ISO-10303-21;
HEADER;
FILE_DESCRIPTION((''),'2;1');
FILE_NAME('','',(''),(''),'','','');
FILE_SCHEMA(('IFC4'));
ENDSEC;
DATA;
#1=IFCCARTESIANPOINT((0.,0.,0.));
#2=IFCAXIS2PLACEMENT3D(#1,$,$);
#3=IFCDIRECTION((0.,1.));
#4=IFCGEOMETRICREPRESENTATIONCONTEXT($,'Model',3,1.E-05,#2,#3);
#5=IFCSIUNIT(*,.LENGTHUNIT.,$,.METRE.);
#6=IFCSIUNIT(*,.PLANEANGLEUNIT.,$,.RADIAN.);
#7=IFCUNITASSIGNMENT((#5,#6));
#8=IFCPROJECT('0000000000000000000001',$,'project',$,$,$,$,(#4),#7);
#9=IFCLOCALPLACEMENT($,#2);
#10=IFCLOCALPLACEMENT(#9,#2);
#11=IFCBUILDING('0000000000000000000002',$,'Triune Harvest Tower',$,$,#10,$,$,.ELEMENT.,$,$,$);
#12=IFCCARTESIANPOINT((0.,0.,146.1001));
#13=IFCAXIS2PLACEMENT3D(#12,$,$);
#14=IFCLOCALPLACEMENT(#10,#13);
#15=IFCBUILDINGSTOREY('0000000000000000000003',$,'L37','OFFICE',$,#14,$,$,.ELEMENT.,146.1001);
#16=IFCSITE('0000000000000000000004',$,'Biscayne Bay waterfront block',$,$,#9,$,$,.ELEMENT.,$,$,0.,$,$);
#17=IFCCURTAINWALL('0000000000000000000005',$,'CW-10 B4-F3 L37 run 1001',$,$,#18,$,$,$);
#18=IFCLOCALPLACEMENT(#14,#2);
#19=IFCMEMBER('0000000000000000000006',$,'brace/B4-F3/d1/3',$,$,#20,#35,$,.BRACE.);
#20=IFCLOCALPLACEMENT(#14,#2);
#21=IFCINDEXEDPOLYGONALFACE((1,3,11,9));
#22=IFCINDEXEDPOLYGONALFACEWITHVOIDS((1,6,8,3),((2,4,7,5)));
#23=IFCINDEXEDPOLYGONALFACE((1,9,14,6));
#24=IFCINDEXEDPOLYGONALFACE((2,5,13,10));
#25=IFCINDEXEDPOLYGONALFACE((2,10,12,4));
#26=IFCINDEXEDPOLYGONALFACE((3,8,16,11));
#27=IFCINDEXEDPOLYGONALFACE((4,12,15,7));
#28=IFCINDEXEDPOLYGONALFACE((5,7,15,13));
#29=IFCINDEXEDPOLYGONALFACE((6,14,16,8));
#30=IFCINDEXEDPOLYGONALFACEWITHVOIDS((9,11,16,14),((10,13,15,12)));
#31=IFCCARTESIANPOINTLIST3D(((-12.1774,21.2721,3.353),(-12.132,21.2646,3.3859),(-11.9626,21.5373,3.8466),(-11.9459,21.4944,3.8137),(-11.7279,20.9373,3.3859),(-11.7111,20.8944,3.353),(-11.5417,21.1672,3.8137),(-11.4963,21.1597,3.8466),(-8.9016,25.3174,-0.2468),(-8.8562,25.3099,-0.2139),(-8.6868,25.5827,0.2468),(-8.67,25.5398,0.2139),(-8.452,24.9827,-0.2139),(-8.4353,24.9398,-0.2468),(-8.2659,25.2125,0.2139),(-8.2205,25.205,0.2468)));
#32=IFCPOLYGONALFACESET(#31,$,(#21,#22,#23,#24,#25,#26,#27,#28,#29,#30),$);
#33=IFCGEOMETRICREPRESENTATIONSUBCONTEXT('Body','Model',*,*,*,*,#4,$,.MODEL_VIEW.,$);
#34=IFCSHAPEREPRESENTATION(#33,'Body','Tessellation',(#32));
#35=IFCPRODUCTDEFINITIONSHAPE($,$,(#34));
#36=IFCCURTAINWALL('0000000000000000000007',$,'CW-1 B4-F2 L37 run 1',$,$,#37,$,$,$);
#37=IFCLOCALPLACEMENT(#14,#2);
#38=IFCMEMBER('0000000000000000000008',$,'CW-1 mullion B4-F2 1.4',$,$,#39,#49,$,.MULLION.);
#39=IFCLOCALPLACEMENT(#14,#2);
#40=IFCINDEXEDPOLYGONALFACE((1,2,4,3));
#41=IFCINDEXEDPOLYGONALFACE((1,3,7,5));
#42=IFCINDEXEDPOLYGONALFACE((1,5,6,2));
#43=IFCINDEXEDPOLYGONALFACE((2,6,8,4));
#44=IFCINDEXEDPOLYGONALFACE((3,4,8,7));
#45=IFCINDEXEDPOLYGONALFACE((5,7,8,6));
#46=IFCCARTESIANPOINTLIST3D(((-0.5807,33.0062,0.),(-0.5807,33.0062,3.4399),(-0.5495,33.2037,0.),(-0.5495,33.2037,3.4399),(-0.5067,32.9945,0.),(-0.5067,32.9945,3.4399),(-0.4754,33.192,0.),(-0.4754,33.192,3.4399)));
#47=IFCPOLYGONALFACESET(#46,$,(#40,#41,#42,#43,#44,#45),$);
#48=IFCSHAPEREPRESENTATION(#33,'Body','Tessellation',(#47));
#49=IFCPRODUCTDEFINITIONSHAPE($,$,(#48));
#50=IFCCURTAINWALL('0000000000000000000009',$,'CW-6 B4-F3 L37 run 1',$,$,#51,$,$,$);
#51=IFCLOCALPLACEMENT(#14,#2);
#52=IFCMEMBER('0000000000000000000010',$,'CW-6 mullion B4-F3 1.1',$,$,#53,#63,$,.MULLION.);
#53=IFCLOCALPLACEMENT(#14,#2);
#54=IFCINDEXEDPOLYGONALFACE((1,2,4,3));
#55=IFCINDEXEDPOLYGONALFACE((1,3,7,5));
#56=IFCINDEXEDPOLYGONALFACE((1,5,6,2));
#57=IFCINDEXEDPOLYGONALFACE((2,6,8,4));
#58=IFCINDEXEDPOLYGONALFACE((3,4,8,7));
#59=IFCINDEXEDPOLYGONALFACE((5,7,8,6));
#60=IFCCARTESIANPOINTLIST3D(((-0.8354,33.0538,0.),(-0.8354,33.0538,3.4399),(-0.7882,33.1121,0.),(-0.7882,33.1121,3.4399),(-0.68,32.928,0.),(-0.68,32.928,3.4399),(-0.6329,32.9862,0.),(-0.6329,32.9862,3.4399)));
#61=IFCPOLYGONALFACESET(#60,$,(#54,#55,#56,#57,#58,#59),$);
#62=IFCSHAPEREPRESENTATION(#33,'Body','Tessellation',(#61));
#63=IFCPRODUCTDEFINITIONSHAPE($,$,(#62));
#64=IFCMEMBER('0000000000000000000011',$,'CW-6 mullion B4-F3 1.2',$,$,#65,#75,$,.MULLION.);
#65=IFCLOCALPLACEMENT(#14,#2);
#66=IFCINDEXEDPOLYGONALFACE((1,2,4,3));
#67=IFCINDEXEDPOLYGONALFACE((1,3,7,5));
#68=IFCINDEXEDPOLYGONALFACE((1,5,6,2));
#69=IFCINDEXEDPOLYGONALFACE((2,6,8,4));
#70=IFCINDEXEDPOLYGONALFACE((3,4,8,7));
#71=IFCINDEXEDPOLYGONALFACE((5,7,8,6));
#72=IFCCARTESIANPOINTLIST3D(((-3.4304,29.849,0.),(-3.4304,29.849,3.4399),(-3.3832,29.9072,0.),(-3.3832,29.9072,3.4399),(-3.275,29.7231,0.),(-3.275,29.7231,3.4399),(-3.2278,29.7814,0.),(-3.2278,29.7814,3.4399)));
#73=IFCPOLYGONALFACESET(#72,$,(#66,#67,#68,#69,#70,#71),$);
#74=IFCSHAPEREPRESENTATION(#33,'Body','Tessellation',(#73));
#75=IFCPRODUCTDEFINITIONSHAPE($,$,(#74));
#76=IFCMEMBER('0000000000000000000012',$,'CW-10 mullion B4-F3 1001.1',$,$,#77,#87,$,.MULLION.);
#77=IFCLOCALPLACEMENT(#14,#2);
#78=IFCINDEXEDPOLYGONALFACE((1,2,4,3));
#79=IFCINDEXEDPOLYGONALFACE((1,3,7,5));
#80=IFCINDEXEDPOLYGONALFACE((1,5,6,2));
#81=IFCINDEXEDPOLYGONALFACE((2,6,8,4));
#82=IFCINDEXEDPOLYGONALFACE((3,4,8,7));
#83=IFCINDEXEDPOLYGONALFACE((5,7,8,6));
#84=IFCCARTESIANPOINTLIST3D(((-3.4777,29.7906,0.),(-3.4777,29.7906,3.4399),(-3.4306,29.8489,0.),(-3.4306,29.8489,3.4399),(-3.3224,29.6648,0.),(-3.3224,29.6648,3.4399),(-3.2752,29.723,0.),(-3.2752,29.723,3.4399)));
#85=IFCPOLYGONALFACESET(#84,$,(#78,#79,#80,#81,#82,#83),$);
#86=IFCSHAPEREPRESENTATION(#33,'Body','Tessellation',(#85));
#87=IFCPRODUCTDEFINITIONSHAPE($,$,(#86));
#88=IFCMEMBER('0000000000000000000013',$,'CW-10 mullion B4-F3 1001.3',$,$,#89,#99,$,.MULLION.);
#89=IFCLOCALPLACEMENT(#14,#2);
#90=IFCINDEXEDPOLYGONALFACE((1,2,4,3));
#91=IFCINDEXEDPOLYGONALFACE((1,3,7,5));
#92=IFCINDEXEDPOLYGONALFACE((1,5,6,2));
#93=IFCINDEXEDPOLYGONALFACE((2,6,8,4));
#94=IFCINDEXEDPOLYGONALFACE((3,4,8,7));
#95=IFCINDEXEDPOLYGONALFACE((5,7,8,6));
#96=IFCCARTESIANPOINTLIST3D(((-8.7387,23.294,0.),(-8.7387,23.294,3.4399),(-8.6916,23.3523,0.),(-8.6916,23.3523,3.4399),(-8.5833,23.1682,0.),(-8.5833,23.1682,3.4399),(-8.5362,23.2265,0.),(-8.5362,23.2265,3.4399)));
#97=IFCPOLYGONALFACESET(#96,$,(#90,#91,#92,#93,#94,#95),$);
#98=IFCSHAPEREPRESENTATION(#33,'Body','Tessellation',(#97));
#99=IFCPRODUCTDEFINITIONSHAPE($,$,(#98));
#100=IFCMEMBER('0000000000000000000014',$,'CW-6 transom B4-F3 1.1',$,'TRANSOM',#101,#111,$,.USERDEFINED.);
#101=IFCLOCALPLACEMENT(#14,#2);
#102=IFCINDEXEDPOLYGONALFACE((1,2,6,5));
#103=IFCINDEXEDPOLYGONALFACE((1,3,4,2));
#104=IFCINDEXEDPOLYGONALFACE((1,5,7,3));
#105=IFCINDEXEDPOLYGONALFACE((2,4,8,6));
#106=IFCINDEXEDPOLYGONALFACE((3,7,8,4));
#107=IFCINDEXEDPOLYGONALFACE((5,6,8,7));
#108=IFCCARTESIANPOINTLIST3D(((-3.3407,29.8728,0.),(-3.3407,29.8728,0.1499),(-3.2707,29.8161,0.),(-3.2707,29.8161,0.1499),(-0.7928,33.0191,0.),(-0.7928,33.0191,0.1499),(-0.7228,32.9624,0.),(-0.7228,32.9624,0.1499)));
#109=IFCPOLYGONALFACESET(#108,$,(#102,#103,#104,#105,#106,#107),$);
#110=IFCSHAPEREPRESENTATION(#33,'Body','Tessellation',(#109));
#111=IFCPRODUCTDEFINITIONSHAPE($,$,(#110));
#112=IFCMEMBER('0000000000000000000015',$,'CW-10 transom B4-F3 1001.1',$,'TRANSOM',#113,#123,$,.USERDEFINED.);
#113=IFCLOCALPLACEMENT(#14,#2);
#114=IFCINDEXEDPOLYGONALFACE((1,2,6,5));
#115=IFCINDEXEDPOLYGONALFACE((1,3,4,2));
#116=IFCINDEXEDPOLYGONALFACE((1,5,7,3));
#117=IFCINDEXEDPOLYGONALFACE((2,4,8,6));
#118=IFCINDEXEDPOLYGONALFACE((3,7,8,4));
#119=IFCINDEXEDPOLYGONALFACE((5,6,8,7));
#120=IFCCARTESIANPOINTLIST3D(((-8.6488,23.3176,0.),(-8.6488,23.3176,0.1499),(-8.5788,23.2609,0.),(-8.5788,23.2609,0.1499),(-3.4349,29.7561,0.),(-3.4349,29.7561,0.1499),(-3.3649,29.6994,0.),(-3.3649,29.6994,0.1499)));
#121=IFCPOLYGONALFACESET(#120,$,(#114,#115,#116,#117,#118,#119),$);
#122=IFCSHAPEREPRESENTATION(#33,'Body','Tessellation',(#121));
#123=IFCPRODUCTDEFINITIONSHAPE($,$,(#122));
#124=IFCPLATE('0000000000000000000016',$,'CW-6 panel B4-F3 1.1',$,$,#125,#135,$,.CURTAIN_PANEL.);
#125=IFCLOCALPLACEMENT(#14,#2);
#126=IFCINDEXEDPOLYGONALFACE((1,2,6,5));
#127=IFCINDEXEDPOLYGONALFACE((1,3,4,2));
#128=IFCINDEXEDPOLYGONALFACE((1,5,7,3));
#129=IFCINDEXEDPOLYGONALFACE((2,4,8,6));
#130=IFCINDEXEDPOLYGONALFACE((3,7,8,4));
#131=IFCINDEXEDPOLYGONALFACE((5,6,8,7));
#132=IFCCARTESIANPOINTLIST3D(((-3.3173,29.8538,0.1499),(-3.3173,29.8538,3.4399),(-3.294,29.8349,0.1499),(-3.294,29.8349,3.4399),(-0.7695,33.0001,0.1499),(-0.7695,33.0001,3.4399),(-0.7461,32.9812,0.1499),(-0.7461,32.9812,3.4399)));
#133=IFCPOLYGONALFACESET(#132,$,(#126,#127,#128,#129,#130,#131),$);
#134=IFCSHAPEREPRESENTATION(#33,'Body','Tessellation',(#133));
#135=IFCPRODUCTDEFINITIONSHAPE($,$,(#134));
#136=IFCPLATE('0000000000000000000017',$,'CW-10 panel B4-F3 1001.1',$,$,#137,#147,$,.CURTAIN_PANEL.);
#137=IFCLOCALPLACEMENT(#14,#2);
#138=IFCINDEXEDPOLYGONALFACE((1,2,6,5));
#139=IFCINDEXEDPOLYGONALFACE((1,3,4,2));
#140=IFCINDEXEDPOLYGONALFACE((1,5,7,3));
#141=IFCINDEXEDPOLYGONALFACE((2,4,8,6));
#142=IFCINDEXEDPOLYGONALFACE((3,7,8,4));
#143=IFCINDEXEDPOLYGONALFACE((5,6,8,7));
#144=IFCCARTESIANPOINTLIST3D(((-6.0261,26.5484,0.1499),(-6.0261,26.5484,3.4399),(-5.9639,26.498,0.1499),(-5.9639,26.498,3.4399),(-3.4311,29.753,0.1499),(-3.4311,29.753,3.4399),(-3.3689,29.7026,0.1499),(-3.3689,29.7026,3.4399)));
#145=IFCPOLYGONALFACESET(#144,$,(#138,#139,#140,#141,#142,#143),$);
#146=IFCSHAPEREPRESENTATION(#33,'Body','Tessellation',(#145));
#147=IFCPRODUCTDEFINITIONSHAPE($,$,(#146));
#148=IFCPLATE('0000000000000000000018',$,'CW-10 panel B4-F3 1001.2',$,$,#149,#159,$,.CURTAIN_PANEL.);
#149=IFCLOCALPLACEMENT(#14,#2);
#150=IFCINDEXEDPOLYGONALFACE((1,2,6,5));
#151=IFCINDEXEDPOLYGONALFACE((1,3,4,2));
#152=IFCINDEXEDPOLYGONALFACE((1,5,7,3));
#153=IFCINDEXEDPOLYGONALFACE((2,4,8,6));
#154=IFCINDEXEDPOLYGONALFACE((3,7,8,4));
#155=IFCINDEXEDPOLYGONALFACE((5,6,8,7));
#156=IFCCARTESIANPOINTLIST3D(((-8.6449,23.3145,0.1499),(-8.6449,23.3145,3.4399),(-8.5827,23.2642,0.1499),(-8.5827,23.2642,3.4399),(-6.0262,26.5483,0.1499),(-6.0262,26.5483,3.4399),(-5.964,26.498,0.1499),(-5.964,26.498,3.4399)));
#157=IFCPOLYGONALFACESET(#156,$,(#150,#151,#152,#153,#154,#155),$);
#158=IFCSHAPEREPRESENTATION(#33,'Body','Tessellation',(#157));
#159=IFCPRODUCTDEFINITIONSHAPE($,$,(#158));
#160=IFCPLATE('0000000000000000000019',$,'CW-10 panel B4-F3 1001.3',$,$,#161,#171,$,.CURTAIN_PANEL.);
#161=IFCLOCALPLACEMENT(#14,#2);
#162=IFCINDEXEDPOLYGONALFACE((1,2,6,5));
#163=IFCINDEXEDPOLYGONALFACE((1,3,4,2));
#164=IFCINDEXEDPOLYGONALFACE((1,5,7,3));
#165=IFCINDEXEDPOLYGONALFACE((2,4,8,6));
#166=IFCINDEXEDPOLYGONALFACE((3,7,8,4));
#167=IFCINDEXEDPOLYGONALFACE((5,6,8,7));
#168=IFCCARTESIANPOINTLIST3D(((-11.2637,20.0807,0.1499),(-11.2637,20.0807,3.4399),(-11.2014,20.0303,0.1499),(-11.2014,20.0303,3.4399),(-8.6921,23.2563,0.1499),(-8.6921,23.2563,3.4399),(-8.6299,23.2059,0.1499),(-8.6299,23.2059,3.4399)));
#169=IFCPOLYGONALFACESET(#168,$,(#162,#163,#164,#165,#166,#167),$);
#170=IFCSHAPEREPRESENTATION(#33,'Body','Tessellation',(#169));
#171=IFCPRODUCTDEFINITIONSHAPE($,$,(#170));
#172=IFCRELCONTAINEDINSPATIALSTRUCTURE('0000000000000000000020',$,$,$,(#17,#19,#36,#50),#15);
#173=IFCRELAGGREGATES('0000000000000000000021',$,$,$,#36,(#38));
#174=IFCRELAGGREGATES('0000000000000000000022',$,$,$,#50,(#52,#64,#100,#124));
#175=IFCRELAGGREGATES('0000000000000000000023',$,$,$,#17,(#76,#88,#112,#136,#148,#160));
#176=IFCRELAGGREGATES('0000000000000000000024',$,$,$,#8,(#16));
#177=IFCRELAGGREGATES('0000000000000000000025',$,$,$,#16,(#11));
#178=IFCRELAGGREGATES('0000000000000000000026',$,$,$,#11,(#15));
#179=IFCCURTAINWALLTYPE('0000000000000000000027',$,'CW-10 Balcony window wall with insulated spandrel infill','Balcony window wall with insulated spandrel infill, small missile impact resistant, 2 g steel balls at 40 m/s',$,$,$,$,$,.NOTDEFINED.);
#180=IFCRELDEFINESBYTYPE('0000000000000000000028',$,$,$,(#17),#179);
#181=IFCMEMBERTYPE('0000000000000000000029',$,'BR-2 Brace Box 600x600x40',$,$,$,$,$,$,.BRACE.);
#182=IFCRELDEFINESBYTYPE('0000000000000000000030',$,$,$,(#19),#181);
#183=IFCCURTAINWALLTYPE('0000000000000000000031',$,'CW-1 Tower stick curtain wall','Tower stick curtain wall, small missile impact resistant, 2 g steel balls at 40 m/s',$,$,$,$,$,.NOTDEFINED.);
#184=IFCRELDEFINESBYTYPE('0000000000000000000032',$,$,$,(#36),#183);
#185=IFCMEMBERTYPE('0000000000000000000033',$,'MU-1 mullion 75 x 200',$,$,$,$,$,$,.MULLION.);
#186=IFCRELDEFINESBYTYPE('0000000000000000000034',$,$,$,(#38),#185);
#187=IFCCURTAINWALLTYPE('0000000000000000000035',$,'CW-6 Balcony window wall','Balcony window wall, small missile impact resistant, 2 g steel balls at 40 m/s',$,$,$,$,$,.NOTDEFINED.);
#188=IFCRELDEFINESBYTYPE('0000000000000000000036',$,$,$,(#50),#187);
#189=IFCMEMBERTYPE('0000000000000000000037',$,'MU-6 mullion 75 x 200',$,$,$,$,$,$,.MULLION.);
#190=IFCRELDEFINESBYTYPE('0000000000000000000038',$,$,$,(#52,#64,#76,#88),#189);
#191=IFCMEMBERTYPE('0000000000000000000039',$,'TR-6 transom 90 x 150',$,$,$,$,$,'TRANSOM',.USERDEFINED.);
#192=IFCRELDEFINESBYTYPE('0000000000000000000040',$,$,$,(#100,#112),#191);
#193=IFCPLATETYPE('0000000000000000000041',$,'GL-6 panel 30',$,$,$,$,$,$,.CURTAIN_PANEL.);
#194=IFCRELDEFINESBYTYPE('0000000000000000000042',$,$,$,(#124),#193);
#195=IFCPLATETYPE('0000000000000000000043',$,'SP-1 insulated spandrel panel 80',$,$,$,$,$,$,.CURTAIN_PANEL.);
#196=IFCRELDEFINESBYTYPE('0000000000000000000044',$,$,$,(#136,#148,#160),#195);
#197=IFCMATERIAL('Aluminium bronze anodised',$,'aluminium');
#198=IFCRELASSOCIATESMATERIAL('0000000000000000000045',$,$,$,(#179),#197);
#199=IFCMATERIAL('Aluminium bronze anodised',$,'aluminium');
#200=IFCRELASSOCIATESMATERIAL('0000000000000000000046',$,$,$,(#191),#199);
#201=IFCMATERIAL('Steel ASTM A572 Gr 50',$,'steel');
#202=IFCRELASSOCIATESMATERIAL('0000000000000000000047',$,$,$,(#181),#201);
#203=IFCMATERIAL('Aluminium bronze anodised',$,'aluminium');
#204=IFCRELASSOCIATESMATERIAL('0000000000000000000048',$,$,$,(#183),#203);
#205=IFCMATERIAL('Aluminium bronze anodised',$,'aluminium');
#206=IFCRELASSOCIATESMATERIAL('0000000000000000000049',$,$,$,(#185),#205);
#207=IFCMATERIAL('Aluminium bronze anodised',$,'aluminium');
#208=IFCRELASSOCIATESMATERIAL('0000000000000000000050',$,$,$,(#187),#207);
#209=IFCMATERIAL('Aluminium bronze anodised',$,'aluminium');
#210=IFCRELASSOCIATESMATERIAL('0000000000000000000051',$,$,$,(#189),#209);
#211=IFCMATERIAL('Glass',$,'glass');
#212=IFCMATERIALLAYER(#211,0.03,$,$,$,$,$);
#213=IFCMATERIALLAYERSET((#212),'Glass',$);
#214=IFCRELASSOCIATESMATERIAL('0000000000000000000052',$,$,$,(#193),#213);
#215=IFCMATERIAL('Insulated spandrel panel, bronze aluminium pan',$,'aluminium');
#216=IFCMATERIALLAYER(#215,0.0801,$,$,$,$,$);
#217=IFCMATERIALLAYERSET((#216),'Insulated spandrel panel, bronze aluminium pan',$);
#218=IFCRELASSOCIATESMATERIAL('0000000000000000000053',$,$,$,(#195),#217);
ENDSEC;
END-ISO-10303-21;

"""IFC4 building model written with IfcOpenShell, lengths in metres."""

from ifc_helpers import new_model, si_unit, direction, frame, origin, origin_2d, place, context, subcontext, project, spatial, rectangle, hollow_rectangle, extrude, source, transform, mapped, material, layer, layer_set, material_profile, profile_set, type_object, element, aggregate, save


model = new_model("IFC4")

# Units and contexts
model_context = context("Model", 3, precision=1e-05, world=origin(), true_north=direction((0.0, 1.0)))
body_context = subcontext(model_context, "Body", "Model", "MODEL_VIEW")
ifc_project = project(units=[si_unit("LENGTHUNIT", "METRE"), si_unit("PLANEANGLEUNIT", "RADIAN")], contexts=[model_context])

# Site, building, storey
site_placement = place(None, origin())
site = spatial("IfcSite", under=ifc_project, at=site_placement, Name="Biscayne Bay waterfront block", CompositionType="ELEMENT", RefElevation=0.0)
building_placement = place(site_placement, origin())
building = spatial("IfcBuilding", under=site, at=building_placement, Name="Triune Harvest Tower", CompositionType="ELEMENT")
storey_placement = place(building_placement, frame((0.0, 0.0, 146.1001)))
storey = spatial("IfcBuildingStorey", under=building, at=storey_placement, Name="L37", Description="OFFICE", CompositionType="ELEMENT", Elevation=146.1001)

# Curtain wall
ifc_material_1 = material(Name="Aluminium bronze anodised", Category="aluminium")
curtain_wall_type_1 = type_object("IfcCurtainWallType", Name="CW-10 Balcony window wall with insulated spandrel infill", Description="Balcony window wall with insulated spandrel infill, small missile impact resistant, 2 g steel balls at 40 m/s", PredefinedType="NOTDEFINED", material=ifc_material_1)
curtain_wall_1_placement = place(storey_placement, origin())
curtain_wall_1 = element("IfcCurtainWall", 1, at=curtain_wall_1_placement, inside=storey, type_object=curtain_wall_type_1, Name="CW-10 B4-F3 L37 run 1001")
ifc_material_2 = material(Name="Aluminium bronze anodised", Category="aluminium")
ifc_material_profile_1 = material_profile(ifc_material_2, rectangle(XDim=0.0901, YDim=0.1499, at=origin_2d()), Name="TR-6 transom 90 x 150")
ifc_profile_set_1 = profile_set([ifc_material_profile_1], Name="Aluminium bronze anodised")
member_type_1 = type_object("IfcMemberType", Name="TR-6 transom 90 x 150", ElementType="TRANSOM", PredefinedType="USERDEFINED", material=ifc_profile_set_1)

# Member
ifc_material_3 = material(Name="Steel ASTM A572 Gr 50", Category="steel")
ifc_material_profile_2 = material_profile(ifc_material_3, hollow_rectangle(XDim=0.6001, YDim=0.6001, WallThickness=0.04, at=origin_2d()), Name="Box 600x600x40")
ifc_profile_set_2 = profile_set([ifc_material_profile_2], Name="Steel ASTM A572 Gr 50")
member_type_2 = type_object("IfcMemberType", Name="BR-2 Brace Box 600x600x40", PredefinedType="BRACE", material=ifc_profile_set_2)
shared_shape_1 = source(origin(), body_context, "Body", "SweptSolid", [
    extrude(hollow_rectangle(XDim=0.6001, YDim=0.6001, WallThickness=0.04, at=origin_2d()), origin(), (0.0, 0.0, 1.0), 6.3289),
])
member_1_placement = place(storey_placement, frame((-8.561, 25.2612, 0.0), z_axis=(-0.517602, -0.639191, 0.568791), x_axis=(0.777149, -0.629317, 0.0)))
element("IfcMember", 2, at=member_1_placement, inside=storey, type_object=member_type_2, Name="brace/B4-F3/d1/3", PredefinedType="BRACE", context=body_context, shape_type="MappedRepresentation", body=[
    mapped(shared_shape_1, transform((0.0, 0.0, 0.0), scale=1.0)),
])

# Curtain wall, member
ifc_material_4 = material(Name="Aluminium bronze anodised", Category="aluminium")
curtain_wall_type_2 = type_object("IfcCurtainWallType", Name="CW-1 Tower stick curtain wall", Description="Tower stick curtain wall, small missile impact resistant, 2 g steel balls at 40 m/s", PredefinedType="NOTDEFINED", material=ifc_material_4)
curtain_wall_2_placement = place(storey_placement, origin())
curtain_wall_2 = element("IfcCurtainWall", 3, at=curtain_wall_2_placement, inside=storey, type_object=curtain_wall_type_2, Name="CW-1 B4-F2 L37 run 1")
ifc_material_5 = material(Name="Aluminium bronze anodised", Category="aluminium")
ifc_material_profile_3 = material_profile(ifc_material_5, rectangle(XDim=0.2, YDim=0.075, at=origin_2d()), Name="MU-1 mullion 75 x 200")
ifc_profile_set_3 = profile_set([ifc_material_profile_3], Name="Aluminium bronze anodised")
member_type_3 = type_object("IfcMemberType", Name="MU-1 mullion 75 x 200", PredefinedType="MULLION", material=ifc_profile_set_3)
shared_shape_2 = source(origin(), body_context, "Body", "SweptSolid", [
    extrude(rectangle(XDim=0.2, YDim=0.075, at=origin_2d()), origin(), (0.0, 0.0, 1.0), 3.4399),
])
member_2_placement = place(storey_placement, frame((-0.5281, 33.0991, 0.0), z_axis=(0.0, 0.0, 1.0), x_axis=(-0.156433, -0.987689, 0.0)))
member_2 = element("IfcMember", 4, at=member_2_placement, type_object=member_type_3, Name="CW-1 mullion B4-F2 1.4", PredefinedType="MULLION", context=body_context, shape_type="MappedRepresentation", body=[
    mapped(shared_shape_2, transform((0.0, 0.0, 0.0), scale=1.0)),
])
aggregate(curtain_wall_2, [member_2])

# Curtain wall, members
ifc_material_6 = material(Name="Aluminium bronze anodised", Category="aluminium")
curtain_wall_type_3 = type_object("IfcCurtainWallType", Name="CW-6 Balcony window wall", Description="Balcony window wall, small missile impact resistant, 2 g steel balls at 40 m/s", PredefinedType="NOTDEFINED", material=ifc_material_6)
curtain_wall_3_placement = place(storey_placement, origin())
curtain_wall_3 = element("IfcCurtainWall", 5, at=curtain_wall_3_placement, inside=storey, type_object=curtain_wall_type_3, Name="CW-6 B4-F3 L37 run 1")
ifc_material_7 = material(Name="Aluminium bronze anodised", Category="aluminium")
ifc_material_profile_4 = material_profile(ifc_material_7, rectangle(XDim=0.2, YDim=0.075, at=origin_2d()), Name="MU-6 mullion 75 x 200")
ifc_profile_set_4 = profile_set([ifc_material_profile_4], Name="Aluminium bronze anodised")
member_type_4 = type_object("IfcMemberType", Name="MU-6 mullion 75 x 200", PredefinedType="MULLION", material=ifc_profile_set_4)
shared_shape_3 = source(origin(), body_context, "Body", "SweptSolid", [
    extrude(rectangle(XDim=0.2, YDim=0.075, at=origin_2d()), origin(), (0.0, 0.0, 1.0), 3.4399),
])
member_3_placement = place(storey_placement, frame((-0.7341, 33.02, 0.0), z_axis=(0.0, 0.0, 1.0), x_axis=(0.777149, -0.629316, 0.0)))
member_3 = element("IfcMember", 6, at=member_3_placement, type_object=member_type_4, Name="CW-6 mullion B4-F3 1.1", PredefinedType="MULLION", context=body_context, shape_type="MappedRepresentation", body=[
    mapped(shared_shape_3, transform((0.0, 0.0, 0.0), scale=1.0)),
])
member_4_placement = place(storey_placement, frame((-3.3291, 29.8152, 0.0), z_axis=(0.0, 0.0, 1.0), x_axis=(0.777149, -0.629316, 0.0)))
member_4 = element("IfcMember", 7, at=member_4_placement, type_object=member_type_4, Name="CW-6 mullion B4-F3 1.2", PredefinedType="MULLION", context=body_context, shape_type="MappedRepresentation", body=[
    mapped(shared_shape_3, transform((0.0, 0.0, 0.0), scale=1.0)),
])

# Members
member_5_placement = place(storey_placement, frame((-3.3765, 29.7568, 0.0), z_axis=(0.0, 0.0, 1.0), x_axis=(0.777144, -0.629323, 0.0)))
member_5 = element("IfcMember", 8, at=member_5_placement, type_object=member_type_4, Name="CW-10 mullion B4-F3 1001.1", PredefinedType="MULLION", context=body_context, shape_type="MappedRepresentation", body=[
    mapped(shared_shape_3, transform((0.0, 0.0, 0.0), scale=1.0)),
])
member_6_placement = place(storey_placement, frame((-8.6375, 23.2603, 0.0), z_axis=(0.0, 0.0, 1.0), x_axis=(0.777144, -0.629323, 0.0)))
member_6 = element("IfcMember", 9, at=member_6_placement, type_object=member_type_4, Name="CW-10 mullion B4-F3 1001.3", PredefinedType="MULLION", context=body_context, shape_type="MappedRepresentation", body=[
    mapped(shared_shape_3, transform((0.0, 0.0, 0.0), scale=1.0)),
])
shared_shape_4 = source(origin(), body_context, "Body", "SweptSolid", [
    extrude(rectangle(XDim=0.0901, YDim=0.1499, at=origin_2d()), origin(), (0.0, 0.0, 1.0), 4.0486),
])
member_7_placement = place(storey_placement, frame((-0.7578, 32.9907, 0.075), z_axis=(-0.629332, -0.777137, 0.0), x_axis=(0.777137, -0.629332, 0.0)))
member_7 = element("IfcMember", 10, at=member_7_placement, type_object=member_type_1, Name="CW-6 transom B4-F3 1.1", ObjectType="TRANSOM", PredefinedType="USERDEFINED", context=body_context, shape_type="MappedRepresentation", body=[
    mapped(shared_shape_4, transform((0.0, 0.0, 0.0), scale=1.0)),
])
shared_shape_5 = source(origin(), body_context, "Body", "SweptSolid", [
    extrude(rectangle(XDim=0.0901, YDim=0.1499, at=origin_2d()), origin(), (0.0, 0.0, 1.0), 8.2849),
])
member_8_placement = place(storey_placement, frame((-3.3999, 29.7278, 0.075), z_axis=(-0.629327, -0.777141, 0.0), x_axis=(0.777141, -0.629327, 0.0)))
member_8 = element("IfcMember", 11, at=member_8_placement, type_object=member_type_1, Name="CW-10 transom B4-F3 1001.1", ObjectType="TRANSOM", PredefinedType="USERDEFINED", context=body_context, shape_type="MappedRepresentation", body=[
    mapped(shared_shape_5, transform((0.0, 0.0, 0.0), scale=1.0)),
])

# Plates
ifc_material_8 = material(Name="Glass", Category="glass")
ifc_layer_1 = layer(ifc_material_8, 0.03)
ifc_layer_set_1 = layer_set([ifc_layer_1], Name="Glass")
plate_type_1 = type_object("IfcPlateType", Name="GL-6 panel 30", PredefinedType="CURTAIN_PANEL", material=ifc_layer_set_1)
shared_shape_6 = source(origin(), body_context, "Body", "SweptSolid", [
    extrude(rectangle(XDim=4.0486, YDim=0.03, at=origin_2d()), origin(), (0.0, 0.0, 1.0), 3.29),
])
plate_1_placement = place(storey_placement, frame((-2.0317, 31.4175, 0.1499), z_axis=(0.0, 0.0, 1.0), x_axis=(-0.629316, -0.777149, 0.0)))
plate_1 = element("IfcPlate", 12, at=plate_1_placement, type_object=plate_type_1, Name="CW-6 panel B4-F3 1.1", PredefinedType="CURTAIN_PANEL", context=body_context, shape_type="MappedRepresentation", body=[
    mapped(shared_shape_6, transform((0.0, 0.0, 0.0), scale=1.0)),
])
aggregate(curtain_wall_3, [member_3, member_4, member_7, plate_1])
ifc_material_9 = material(Name="Insulated spandrel panel, bronze aluminium pan", Category="aluminium")
ifc_layer_2 = layer(ifc_material_9, 0.0801)
ifc_layer_set_2 = layer_set([ifc_layer_2], Name="Insulated spandrel panel, bronze aluminium pan")
plate_type_2 = type_object("IfcPlateType", Name="SP-1 insulated spandrel panel 80", PredefinedType="CURTAIN_PANEL", material=ifc_layer_set_2)
shared_shape_7 = source(origin(), body_context, "Body", "SweptSolid", [
    extrude(rectangle(XDim=4.1235, YDim=0.0801, at=origin_2d()), origin(), (0.0, 0.0, 1.0), 3.29),
])
plate_2_placement = place(storey_placement, frame((-4.6975, 28.1255, 0.1499), z_axis=(0.0, 0.0, 1.0), x_axis=(-0.629323, -0.777144, 0.0)))
plate_2 = element("IfcPlate", 13, at=plate_2_placement, type_object=plate_type_2, Name="CW-10 panel B4-F3 1001.1", PredefinedType="CURTAIN_PANEL", context=body_context, shape_type="MappedRepresentation", body=[
    mapped(shared_shape_7, transform((0.0, 0.0, 0.0), scale=1.0)),
])
shared_shape_8 = source(origin(), body_context, "Body", "SweptSolid", [
    extrude(rectangle(XDim=4.1611, YDim=0.0801, at=origin_2d()), origin(), (0.0, 0.0, 1.0), 3.29),
])
plate_3_placement = place(storey_placement, frame((-7.3044, 24.9062, 0.1499), z_axis=(0.0, 0.0, 1.0), x_axis=(-0.629323, -0.777144, 0.0)))
plate_3 = element("IfcPlate", 14, at=plate_3_placement, type_object=plate_type_2, Name="CW-10 panel B4-F3 1001.2", PredefinedType="CURTAIN_PANEL", context=body_context, shape_type="MappedRepresentation", body=[
    mapped(shared_shape_8, transform((0.0, 0.0, 0.0), scale=1.0)),
])
shared_shape_9 = source(origin(), body_context, "Body", "SweptSolid", [
    extrude(rectangle(XDim=4.0862, YDim=0.0801, at=origin_2d()), origin(), (0.0, 0.0, 1.0), 3.29),
])
plate_4_placement = place(storey_placement, frame((-9.9468, 21.6433, 0.1499), z_axis=(0.0, 0.0, 1.0), x_axis=(-0.629323, -0.777144, 0.0)))
plate_4 = element("IfcPlate", 15, at=plate_4_placement, type_object=plate_type_2, Name="CW-10 panel B4-F3 1001.3", PredefinedType="CURTAIN_PANEL", context=body_context, shape_type="MappedRepresentation", body=[
    mapped(shared_shape_9, transform((0.0, 0.0, 0.0), scale=1.0)),
])
aggregate(curtain_wall_1, [member_5, member_6, member_8, plate_2, plate_3, plate_4])

save(model, "model.ifc")
